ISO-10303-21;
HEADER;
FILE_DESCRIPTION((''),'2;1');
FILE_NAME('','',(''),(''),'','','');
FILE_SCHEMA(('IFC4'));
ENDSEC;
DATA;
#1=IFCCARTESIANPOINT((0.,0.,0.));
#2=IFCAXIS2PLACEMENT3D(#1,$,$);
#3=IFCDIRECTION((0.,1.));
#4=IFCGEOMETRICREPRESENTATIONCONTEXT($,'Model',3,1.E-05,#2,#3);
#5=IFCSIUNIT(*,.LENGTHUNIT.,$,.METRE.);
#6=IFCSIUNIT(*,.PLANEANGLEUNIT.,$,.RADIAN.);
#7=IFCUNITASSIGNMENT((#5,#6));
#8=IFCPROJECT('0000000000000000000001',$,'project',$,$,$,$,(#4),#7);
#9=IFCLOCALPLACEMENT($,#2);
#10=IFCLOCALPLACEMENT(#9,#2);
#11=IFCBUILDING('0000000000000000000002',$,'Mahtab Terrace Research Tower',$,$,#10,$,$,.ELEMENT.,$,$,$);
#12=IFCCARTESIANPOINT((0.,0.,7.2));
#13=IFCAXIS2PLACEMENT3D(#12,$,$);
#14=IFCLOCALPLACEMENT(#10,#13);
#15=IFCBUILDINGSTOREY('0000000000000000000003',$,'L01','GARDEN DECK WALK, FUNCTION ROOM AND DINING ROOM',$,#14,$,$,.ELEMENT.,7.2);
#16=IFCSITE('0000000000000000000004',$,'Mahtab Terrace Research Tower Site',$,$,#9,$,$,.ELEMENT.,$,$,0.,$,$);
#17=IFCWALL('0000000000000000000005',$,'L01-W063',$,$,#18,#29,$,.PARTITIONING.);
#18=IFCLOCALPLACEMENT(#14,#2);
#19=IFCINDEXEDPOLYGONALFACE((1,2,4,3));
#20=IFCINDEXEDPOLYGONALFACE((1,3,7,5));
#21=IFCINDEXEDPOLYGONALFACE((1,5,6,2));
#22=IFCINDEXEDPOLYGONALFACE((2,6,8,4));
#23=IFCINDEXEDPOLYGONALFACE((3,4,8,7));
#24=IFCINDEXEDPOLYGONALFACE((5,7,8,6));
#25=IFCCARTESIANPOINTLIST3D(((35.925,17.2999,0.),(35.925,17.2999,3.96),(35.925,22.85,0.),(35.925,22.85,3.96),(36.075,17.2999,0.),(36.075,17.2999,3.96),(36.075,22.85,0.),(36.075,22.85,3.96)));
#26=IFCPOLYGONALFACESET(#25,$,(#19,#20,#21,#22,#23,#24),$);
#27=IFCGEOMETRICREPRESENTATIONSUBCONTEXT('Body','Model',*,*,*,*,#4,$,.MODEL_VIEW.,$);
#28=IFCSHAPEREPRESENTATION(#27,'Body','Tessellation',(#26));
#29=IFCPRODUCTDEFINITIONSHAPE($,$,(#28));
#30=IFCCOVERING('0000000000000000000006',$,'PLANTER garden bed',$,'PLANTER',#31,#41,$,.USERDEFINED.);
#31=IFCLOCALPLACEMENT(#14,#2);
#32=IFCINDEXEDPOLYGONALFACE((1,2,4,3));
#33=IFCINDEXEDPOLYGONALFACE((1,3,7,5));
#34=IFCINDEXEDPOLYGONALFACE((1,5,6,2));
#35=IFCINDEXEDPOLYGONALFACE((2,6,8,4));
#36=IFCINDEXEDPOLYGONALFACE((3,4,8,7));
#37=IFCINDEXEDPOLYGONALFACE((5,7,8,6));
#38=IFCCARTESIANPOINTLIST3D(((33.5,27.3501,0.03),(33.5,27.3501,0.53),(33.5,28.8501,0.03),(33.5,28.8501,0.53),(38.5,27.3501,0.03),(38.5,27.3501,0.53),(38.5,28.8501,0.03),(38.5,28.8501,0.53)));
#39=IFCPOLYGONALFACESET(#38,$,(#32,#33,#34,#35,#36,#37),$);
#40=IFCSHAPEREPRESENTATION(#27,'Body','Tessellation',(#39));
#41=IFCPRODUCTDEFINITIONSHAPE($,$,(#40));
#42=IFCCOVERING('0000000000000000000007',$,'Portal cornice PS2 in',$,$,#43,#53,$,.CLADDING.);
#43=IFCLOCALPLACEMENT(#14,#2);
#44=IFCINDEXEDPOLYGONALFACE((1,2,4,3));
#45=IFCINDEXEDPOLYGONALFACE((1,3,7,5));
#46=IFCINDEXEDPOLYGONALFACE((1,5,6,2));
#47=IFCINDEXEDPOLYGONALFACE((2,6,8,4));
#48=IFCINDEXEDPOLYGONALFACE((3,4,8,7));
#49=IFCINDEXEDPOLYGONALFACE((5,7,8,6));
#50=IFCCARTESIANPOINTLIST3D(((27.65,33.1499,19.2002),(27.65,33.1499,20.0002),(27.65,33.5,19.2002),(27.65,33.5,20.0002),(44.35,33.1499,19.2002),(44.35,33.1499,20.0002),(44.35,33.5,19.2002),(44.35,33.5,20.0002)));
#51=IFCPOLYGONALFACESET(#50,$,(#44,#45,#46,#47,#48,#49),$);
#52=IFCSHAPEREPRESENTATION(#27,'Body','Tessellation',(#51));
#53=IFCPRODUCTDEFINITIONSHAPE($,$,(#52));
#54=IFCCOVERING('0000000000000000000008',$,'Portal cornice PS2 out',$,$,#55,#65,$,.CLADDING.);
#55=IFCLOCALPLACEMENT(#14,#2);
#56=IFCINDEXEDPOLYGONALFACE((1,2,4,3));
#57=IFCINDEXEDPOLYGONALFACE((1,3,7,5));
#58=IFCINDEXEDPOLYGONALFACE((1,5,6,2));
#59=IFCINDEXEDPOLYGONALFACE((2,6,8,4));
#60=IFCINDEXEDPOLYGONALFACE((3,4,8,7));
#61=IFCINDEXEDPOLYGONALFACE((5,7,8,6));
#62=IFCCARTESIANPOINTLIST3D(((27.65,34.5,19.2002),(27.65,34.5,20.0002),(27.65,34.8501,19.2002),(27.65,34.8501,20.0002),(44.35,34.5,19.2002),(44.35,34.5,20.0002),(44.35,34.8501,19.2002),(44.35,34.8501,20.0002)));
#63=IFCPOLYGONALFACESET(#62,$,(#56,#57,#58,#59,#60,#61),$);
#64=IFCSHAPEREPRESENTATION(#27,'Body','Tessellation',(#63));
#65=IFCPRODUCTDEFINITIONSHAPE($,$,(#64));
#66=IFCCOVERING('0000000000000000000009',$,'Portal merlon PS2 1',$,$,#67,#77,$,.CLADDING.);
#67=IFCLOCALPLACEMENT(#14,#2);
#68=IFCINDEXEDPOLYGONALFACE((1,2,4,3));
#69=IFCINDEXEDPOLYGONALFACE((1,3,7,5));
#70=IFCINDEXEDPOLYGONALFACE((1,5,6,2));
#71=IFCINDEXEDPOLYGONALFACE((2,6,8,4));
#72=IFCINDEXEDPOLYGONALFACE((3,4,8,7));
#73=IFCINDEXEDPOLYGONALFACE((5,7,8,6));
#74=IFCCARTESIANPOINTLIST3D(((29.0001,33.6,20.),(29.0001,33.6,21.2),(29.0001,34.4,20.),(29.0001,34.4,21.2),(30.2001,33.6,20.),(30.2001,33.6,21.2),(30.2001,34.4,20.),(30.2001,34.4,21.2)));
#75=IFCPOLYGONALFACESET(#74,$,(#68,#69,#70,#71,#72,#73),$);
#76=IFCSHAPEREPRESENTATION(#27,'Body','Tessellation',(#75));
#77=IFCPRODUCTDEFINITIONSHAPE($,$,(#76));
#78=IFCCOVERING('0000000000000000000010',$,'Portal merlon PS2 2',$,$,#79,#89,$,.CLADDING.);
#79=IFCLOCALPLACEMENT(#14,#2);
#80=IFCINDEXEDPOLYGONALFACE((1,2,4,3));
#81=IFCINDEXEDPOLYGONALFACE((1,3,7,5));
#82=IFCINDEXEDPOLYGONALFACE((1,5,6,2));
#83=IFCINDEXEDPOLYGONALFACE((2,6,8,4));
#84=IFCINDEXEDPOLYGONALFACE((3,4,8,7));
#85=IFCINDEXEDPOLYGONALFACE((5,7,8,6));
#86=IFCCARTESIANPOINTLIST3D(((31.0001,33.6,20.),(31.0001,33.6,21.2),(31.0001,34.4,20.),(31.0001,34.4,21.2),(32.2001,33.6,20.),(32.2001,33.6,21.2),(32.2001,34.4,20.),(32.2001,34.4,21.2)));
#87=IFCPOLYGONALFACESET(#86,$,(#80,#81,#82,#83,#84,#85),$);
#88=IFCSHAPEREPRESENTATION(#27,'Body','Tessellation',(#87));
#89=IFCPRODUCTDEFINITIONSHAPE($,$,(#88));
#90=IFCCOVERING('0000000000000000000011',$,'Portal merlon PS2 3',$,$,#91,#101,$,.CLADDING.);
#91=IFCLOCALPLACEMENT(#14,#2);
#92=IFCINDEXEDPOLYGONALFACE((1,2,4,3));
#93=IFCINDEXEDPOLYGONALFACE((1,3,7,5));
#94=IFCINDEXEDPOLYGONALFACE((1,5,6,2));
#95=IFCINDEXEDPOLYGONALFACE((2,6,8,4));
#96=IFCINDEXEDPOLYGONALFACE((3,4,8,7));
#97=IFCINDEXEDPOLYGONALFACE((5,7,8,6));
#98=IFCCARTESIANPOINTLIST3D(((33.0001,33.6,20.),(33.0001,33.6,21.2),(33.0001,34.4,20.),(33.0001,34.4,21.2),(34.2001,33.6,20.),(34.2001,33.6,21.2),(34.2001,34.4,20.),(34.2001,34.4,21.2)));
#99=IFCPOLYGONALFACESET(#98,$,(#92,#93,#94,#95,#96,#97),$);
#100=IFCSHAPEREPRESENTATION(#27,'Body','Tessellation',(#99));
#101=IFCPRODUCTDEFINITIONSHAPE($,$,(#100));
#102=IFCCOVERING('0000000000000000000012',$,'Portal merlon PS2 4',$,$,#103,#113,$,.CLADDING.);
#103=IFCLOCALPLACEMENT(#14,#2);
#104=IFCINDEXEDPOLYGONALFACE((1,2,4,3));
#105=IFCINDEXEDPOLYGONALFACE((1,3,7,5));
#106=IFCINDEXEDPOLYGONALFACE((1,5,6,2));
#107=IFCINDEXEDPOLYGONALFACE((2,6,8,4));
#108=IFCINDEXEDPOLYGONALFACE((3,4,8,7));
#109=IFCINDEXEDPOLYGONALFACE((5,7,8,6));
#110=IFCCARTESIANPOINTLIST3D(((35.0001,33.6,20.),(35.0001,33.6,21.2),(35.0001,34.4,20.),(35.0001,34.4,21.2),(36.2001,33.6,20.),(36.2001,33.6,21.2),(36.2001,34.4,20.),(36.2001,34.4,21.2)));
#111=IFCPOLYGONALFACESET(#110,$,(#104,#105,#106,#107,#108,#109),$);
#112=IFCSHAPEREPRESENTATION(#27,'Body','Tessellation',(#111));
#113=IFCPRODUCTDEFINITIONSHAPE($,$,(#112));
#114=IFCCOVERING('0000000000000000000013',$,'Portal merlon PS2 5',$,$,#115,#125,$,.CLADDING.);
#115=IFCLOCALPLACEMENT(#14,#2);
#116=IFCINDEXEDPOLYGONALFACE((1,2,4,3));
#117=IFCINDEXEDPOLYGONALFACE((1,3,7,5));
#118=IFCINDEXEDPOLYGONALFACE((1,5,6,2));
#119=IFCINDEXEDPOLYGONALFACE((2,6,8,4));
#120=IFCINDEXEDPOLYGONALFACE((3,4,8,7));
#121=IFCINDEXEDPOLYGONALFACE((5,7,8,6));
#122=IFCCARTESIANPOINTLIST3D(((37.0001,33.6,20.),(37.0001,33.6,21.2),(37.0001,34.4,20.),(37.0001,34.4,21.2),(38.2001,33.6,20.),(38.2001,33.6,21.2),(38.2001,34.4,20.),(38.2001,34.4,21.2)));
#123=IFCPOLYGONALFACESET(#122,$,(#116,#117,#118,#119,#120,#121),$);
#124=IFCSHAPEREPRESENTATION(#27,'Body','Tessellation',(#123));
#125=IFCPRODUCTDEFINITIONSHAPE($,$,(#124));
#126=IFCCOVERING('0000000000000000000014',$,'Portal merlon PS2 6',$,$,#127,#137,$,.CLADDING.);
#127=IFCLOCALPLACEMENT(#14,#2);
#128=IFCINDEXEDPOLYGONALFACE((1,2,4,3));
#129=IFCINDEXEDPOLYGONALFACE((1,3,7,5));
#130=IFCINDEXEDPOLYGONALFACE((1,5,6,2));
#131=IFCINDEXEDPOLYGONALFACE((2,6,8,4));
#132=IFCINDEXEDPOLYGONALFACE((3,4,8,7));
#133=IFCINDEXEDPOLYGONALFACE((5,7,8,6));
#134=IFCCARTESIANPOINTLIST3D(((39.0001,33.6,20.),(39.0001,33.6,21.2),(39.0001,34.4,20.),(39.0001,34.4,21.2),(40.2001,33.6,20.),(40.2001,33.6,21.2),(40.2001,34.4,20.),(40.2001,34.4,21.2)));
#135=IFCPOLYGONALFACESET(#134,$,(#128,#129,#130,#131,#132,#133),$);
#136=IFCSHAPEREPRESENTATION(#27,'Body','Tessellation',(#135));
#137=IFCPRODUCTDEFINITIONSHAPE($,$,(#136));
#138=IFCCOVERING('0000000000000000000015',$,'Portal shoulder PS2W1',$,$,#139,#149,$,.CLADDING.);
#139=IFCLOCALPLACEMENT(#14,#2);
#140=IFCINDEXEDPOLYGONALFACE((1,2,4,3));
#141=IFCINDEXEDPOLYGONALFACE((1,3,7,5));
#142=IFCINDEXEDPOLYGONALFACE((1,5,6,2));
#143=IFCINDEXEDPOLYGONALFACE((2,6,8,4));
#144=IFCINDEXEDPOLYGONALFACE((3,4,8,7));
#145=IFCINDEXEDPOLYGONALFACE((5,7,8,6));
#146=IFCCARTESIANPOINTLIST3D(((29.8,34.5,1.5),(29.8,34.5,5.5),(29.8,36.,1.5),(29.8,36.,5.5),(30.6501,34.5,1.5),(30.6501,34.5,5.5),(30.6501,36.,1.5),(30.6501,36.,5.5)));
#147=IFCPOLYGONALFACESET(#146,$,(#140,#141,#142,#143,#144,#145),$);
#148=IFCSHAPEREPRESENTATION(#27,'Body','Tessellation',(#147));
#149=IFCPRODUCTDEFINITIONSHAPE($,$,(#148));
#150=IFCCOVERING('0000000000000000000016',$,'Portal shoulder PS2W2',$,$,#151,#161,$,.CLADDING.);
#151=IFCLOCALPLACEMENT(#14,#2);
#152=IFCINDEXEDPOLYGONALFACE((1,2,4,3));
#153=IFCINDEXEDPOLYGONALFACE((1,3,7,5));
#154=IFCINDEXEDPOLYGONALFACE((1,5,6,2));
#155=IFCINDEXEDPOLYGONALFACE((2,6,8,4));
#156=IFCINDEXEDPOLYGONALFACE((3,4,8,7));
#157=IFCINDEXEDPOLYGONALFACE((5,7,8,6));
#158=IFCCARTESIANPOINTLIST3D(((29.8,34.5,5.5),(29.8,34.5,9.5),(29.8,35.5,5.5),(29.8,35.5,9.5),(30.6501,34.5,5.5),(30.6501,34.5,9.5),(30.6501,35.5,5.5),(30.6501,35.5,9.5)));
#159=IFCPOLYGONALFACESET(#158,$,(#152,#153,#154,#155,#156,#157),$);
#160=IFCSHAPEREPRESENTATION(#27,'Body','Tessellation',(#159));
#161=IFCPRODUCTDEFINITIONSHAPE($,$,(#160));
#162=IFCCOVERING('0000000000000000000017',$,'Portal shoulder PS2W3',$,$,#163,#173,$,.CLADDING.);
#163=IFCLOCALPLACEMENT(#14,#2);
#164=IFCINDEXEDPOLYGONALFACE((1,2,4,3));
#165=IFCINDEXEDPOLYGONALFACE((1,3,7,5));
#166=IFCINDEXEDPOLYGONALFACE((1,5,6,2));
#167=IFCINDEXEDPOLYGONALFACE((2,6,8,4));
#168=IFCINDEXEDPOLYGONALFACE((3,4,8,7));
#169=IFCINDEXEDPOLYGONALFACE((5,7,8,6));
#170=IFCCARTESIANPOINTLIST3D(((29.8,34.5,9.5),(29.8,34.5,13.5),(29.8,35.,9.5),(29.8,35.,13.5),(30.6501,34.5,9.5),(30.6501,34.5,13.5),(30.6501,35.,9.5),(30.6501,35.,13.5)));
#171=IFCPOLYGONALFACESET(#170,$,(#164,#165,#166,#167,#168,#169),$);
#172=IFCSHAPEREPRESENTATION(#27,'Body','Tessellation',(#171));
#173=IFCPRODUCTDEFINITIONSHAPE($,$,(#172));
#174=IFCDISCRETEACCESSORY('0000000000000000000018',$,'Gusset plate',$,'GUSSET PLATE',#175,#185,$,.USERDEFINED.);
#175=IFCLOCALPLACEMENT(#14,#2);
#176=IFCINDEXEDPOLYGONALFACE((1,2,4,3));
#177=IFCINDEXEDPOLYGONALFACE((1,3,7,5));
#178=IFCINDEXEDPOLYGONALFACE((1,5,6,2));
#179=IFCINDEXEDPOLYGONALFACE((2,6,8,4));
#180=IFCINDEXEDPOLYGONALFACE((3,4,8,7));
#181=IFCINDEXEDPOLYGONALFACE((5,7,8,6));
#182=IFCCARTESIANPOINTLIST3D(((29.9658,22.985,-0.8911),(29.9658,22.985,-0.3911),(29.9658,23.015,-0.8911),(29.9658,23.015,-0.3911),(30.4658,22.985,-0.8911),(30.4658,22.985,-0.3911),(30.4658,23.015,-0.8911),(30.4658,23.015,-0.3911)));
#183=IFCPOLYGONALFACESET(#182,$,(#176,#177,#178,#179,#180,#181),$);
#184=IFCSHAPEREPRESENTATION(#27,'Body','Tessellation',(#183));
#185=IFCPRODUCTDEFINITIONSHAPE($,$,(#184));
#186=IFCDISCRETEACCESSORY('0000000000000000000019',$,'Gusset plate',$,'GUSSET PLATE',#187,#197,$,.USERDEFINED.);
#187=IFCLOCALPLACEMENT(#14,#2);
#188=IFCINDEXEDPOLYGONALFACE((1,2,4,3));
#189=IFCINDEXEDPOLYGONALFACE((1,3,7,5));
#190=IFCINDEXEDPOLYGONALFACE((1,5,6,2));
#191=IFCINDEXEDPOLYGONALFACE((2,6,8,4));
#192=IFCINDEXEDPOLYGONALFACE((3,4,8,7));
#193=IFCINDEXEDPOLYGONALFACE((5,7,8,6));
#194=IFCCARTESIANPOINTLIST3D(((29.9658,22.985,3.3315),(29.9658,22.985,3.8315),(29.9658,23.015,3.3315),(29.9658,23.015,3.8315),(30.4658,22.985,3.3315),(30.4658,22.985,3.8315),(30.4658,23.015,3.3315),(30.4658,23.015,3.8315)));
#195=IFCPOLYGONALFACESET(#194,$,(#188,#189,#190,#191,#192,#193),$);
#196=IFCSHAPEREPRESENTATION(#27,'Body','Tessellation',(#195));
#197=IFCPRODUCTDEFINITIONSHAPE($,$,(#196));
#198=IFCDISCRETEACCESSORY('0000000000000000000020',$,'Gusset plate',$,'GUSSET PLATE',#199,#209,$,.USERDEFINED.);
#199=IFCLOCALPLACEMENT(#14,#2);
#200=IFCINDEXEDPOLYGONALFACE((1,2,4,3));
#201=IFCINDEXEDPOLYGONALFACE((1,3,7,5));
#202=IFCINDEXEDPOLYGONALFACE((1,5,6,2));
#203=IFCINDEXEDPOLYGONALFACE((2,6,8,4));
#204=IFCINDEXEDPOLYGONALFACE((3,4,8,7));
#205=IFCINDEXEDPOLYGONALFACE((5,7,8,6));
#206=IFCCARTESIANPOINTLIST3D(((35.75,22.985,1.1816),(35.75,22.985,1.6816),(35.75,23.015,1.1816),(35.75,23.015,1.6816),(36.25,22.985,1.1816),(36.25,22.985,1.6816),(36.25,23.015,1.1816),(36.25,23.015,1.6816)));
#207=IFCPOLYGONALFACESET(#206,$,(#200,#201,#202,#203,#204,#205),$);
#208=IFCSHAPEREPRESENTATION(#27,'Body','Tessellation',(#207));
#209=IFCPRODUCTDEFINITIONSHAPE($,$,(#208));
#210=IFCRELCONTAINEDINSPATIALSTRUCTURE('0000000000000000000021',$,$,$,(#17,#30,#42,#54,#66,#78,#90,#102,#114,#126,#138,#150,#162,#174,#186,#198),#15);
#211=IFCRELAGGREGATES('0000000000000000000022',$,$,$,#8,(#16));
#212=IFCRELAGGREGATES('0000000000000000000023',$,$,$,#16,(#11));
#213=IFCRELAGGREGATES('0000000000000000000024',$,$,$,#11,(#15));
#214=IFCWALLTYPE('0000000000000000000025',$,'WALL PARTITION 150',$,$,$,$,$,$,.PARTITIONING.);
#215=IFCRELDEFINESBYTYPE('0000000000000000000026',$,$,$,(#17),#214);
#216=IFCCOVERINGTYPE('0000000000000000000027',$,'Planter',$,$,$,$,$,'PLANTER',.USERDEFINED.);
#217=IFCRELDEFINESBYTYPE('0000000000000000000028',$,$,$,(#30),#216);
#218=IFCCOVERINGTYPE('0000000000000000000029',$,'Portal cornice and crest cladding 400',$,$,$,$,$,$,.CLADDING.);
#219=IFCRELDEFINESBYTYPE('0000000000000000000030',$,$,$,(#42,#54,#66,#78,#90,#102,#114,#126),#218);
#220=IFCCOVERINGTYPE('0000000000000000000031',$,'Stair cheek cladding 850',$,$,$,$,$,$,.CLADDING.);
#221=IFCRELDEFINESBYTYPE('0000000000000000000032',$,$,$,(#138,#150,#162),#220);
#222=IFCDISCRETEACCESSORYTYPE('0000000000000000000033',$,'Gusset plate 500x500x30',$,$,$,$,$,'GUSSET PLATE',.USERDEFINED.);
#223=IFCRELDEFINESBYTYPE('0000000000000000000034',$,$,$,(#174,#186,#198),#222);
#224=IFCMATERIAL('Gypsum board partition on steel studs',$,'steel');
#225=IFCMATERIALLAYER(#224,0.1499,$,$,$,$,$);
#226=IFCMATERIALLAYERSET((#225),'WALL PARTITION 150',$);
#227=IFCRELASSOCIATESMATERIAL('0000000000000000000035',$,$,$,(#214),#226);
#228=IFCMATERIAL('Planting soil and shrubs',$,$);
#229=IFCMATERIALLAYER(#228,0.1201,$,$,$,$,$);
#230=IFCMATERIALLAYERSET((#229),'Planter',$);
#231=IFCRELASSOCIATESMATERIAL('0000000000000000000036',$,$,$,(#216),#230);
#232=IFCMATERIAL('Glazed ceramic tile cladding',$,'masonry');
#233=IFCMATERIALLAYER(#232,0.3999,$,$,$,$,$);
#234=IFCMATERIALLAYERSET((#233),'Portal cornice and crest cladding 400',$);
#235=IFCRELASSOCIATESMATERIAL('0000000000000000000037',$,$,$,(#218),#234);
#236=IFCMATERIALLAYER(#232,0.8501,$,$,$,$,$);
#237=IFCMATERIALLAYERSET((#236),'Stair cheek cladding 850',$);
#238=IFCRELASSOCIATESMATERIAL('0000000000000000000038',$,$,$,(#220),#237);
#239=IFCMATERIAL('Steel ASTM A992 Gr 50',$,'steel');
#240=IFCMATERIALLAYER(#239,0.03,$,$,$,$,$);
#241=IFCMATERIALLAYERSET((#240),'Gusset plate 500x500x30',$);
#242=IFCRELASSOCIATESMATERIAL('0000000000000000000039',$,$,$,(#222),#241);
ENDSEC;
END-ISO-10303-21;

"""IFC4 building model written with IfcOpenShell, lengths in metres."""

from ifc_helpers import new_model, si_unit, direction, frame, frame_2d, origin, origin_2d, place, context, subcontext, project, spatial, rectangle, extrude, material, layer, layer_set, type_object, element, save


model = new_model("IFC4")

# Units and contexts
model_context = context("Model", 3, precision=1e-05, world=origin(), true_north=direction((0.0, 1.0)))
body_context = subcontext(model_context, "Body", "Model", "MODEL_VIEW")
ifc_project = project(units=[si_unit("LENGTHUNIT", "METRE"), si_unit("PLANEANGLEUNIT", "RADIAN")], contexts=[model_context])

# Site, building, storey
site_placement = place(None, origin())
site = spatial("IfcSite", under=ifc_project, at=site_placement, Name="Mahtab Terrace Research Tower Site", CompositionType="ELEMENT", RefElevation=0.0)
building_placement = place(site_placement, origin())
building = spatial("IfcBuilding", under=site, at=building_placement, Name="Mahtab Terrace Research Tower", CompositionType="ELEMENT")
storey_placement = place(building_placement, frame((0.0, 0.0, 7.2)))
storey = spatial("IfcBuildingStorey", under=building, at=storey_placement, Name="L01", Description="GARDEN DECK WALK, FUNCTION ROOM AND DINING ROOM", CompositionType="ELEMENT", Elevation=7.2)

# Shared definitions
ifc_material_1 = material(Name="Steel ASTM A992 Gr 50", Category="steel")

# Wall
ifc_material_2 = material(Name="Gypsum board partition on steel studs", Category="steel")
ifc_layer_1 = layer(ifc_material_2, 0.1499)
ifc_layer_set_1 = layer_set([ifc_layer_1], Name="WALL PARTITION 150")
wall_type_1 = type_object("IfcWallType", Name="WALL PARTITION 150", PredefinedType="PARTITIONING", material=ifc_layer_set_1)
wall_1_placement = place(storey_placement, frame((36.0, 17.3, 0.0), z_axis=(0.0, 0.0, 1.0), x_axis=(0.0, 1.0, 0.0)))
element("IfcWall", 1, at=wall_1_placement, inside=storey, type_object=wall_type_1, Name="L01-W063", PredefinedType="PARTITIONING", context=body_context, shape_type="SweptSolid", body=[
    extrude(rectangle(XDim=5.55, YDim=0.1499, at=frame_2d((2.7749, 0.0))), origin(), (0.0, 0.0, 1.0), 3.96),
])

# Coverings
ifc_material_3 = material(Name="Planting soil and shrubs")
ifc_layer_2 = layer(ifc_material_3, 0.1201)
ifc_layer_set_2 = layer_set([ifc_layer_2], Name="Planter")
covering_type_1 = type_object("IfcCoveringType", Name="Planter", ElementType="PLANTER", PredefinedType="USERDEFINED", material=ifc_layer_set_2)
covering_1_placement = place(storey_placement, frame((36.0, 28.1001, 0.03), z_axis=(0.0, 0.0, 1.0), x_axis=(1.0, 0.0, 0.0)))
element("IfcCovering", 2, at=covering_1_placement, inside=storey, type_object=covering_type_1, Name="PLANTER garden bed", ObjectType="PLANTER", PredefinedType="USERDEFINED", context=body_context, shape_type="SweptSolid", body=[
    extrude(rectangle(XDim=5.0, YDim=1.5, at=origin_2d()), origin(), (0.0, 0.0, 1.0), 0.5),
])
ifc_material_4 = material(Name="Glazed ceramic tile cladding", Category="masonry")
ifc_layer_3 = layer(ifc_material_4, 0.3999)
ifc_layer_set_3 = layer_set([ifc_layer_3], Name="Portal cornice and crest cladding 400")
covering_type_2 = type_object("IfcCoveringType", Name="Portal cornice and crest cladding 400", PredefinedType="CLADDING", material=ifc_layer_set_3)
for number, where, z_axis, x_axis, name in (
    (3, (36.0, 33.325, 19.2002), (0.0, 0.0, 1.0), (1.0, 0.0, 0.0), "Portal cornice PS2 in"),
    (4, (36.0, 34.675, 19.2002), (0.0, 0.0, 1.0), (1.0, 0.0, 0.0), "Portal cornice PS2 out"),
):
    element("IfcCovering", number, at=place(storey_placement, frame(where, z_axis=z_axis, x_axis=x_axis)), inside=storey, type_object=covering_type_2, Name=name, PredefinedType="CLADDING", context=body_context, shape_type="SweptSolid", body=[
        extrude(rectangle(XDim=16.7, YDim=0.3501, at=origin_2d()), origin(), (0.0, 0.0, 1.0), 0.8),
    ])
for number, where, z_axis, x_axis, name in (
    (5, (29.6001, 34.0, 20.0), (0.0, 0.0, 1.0), (1.0, 0.0, 0.0), "Portal merlon PS2 1"),
    (6, (31.6001, 34.0, 20.0), (0.0, 0.0, 1.0), (1.0, 0.0, 0.0), "Portal merlon PS2 2"),
    (7, (33.6001, 34.0, 20.0), (0.0, 0.0, 1.0), (1.0, 0.0, 0.0), "Portal merlon PS2 3"),
    (8, (35.6001, 34.0, 20.0), (0.0, 0.0, 1.0), (1.0, 0.0, 0.0), "Portal merlon PS2 4"),
    (9, (37.6001, 34.0, 20.0), (0.0, 0.0, 1.0), (1.0, 0.0, 0.0), "Portal merlon PS2 5"),
    (10, (39.6001, 34.0, 20.0), (0.0, 0.0, 1.0), (1.0, 0.0, 0.0), "Portal merlon PS2 6"),
):
    element("IfcCovering", number, at=place(storey_placement, frame(where, z_axis=z_axis, x_axis=x_axis)), inside=storey, type_object=covering_type_2, Name=name, PredefinedType="CLADDING", context=body_context, shape_type="SweptSolid", body=[
        extrude(rectangle(XDim=1.2, YDim=0.8, at=origin_2d()), origin(), (0.0, 0.0, 1.0), 1.2),
    ])
ifc_layer_4 = layer(ifc_material_4, 0.8501)
ifc_layer_set_4 = layer_set([ifc_layer_4], Name="Stair cheek cladding 850")
covering_type_3 = type_object("IfcCoveringType", Name="Stair cheek cladding 850", PredefinedType="CLADDING", material=ifc_layer_set_4)
covering_2_placement = place(storey_placement, frame((30.2251, 35.25, 1.5), z_axis=(0.0, 0.0, 1.0), x_axis=(1.0, 0.0, 0.0)))
element("IfcCovering", 11, at=covering_2_placement, inside=storey, type_object=covering_type_3, Name="Portal shoulder PS2W1", PredefinedType="CLADDING", context=body_context, shape_type="SweptSolid", body=[
    extrude(rectangle(XDim=0.8501, YDim=1.5, at=origin_2d()), origin(), (0.0, 0.0, 1.0), 4.0),
])
covering_3_placement = place(storey_placement, frame((30.2251, 35.0, 5.5), z_axis=(0.0, 0.0, 1.0), x_axis=(1.0, 0.0, 0.0)))
element("IfcCovering", 12, at=covering_3_placement, inside=storey, type_object=covering_type_3, Name="Portal shoulder PS2W2", PredefinedType="CLADDING", context=body_context, shape_type="SweptSolid", body=[
    extrude(rectangle(XDim=0.8501, YDim=1.0, at=origin_2d()), origin(), (0.0, 0.0, 1.0), 4.0),
])
covering_4_placement = place(storey_placement, frame((30.2251, 34.75, 9.5), z_axis=(0.0, 0.0, 1.0), x_axis=(1.0, 0.0, 0.0)))
element("IfcCovering", 13, at=covering_4_placement, inside=storey, type_object=covering_type_3, Name="Portal shoulder PS2W3", PredefinedType="CLADDING", context=body_context, shape_type="SweptSolid", body=[
    extrude(rectangle(XDim=0.8501, YDim=0.5, at=origin_2d()), origin(), (0.0, 0.0, 1.0), 4.0),
])

# Discrete accessories
ifc_layer_5 = layer(ifc_material_1, 0.03)
ifc_layer_set_5 = layer_set([ifc_layer_5], Name="Gusset plate 500x500x30")
discrete_accessory_type = type_object("IfcDiscreteAccessoryType", Name="Gusset plate 500x500x30", ElementType="GUSSET PLATE", PredefinedType="USERDEFINED", material=ifc_layer_set_5)
for number, where, z_axis, x_axis, name in (
    (14, (30.2158, 23.0, -0.8911), (0.0, 0.0, 1.0), (1.0, 0.0, 0.0), "Gusset plate"),
    (15, (30.2158, 23.0, 3.3315), (0.0, 0.0, 1.0), (1.0, 0.0, 0.0), "Gusset plate"),
    (16, (36.0, 23.0, 1.1816), (0.0, 0.0, 1.0), (1.0, 0.0, 0.0), "Gusset plate"),
):
    element("IfcDiscreteAccessory", number, at=place(storey_placement, frame(where, z_axis=z_axis, x_axis=x_axis)), inside=storey, type_object=discrete_accessory_type, Name=name, ObjectType="GUSSET PLATE", PredefinedType="USERDEFINED", context=body_context, shape_type="SweptSolid", body=[
        extrude(rectangle(XDim=0.5, YDim=0.03, at=origin_2d()), origin(), (0.0, 0.0, 1.0), 0.5),
    ])

save(model, "model.ifc")
